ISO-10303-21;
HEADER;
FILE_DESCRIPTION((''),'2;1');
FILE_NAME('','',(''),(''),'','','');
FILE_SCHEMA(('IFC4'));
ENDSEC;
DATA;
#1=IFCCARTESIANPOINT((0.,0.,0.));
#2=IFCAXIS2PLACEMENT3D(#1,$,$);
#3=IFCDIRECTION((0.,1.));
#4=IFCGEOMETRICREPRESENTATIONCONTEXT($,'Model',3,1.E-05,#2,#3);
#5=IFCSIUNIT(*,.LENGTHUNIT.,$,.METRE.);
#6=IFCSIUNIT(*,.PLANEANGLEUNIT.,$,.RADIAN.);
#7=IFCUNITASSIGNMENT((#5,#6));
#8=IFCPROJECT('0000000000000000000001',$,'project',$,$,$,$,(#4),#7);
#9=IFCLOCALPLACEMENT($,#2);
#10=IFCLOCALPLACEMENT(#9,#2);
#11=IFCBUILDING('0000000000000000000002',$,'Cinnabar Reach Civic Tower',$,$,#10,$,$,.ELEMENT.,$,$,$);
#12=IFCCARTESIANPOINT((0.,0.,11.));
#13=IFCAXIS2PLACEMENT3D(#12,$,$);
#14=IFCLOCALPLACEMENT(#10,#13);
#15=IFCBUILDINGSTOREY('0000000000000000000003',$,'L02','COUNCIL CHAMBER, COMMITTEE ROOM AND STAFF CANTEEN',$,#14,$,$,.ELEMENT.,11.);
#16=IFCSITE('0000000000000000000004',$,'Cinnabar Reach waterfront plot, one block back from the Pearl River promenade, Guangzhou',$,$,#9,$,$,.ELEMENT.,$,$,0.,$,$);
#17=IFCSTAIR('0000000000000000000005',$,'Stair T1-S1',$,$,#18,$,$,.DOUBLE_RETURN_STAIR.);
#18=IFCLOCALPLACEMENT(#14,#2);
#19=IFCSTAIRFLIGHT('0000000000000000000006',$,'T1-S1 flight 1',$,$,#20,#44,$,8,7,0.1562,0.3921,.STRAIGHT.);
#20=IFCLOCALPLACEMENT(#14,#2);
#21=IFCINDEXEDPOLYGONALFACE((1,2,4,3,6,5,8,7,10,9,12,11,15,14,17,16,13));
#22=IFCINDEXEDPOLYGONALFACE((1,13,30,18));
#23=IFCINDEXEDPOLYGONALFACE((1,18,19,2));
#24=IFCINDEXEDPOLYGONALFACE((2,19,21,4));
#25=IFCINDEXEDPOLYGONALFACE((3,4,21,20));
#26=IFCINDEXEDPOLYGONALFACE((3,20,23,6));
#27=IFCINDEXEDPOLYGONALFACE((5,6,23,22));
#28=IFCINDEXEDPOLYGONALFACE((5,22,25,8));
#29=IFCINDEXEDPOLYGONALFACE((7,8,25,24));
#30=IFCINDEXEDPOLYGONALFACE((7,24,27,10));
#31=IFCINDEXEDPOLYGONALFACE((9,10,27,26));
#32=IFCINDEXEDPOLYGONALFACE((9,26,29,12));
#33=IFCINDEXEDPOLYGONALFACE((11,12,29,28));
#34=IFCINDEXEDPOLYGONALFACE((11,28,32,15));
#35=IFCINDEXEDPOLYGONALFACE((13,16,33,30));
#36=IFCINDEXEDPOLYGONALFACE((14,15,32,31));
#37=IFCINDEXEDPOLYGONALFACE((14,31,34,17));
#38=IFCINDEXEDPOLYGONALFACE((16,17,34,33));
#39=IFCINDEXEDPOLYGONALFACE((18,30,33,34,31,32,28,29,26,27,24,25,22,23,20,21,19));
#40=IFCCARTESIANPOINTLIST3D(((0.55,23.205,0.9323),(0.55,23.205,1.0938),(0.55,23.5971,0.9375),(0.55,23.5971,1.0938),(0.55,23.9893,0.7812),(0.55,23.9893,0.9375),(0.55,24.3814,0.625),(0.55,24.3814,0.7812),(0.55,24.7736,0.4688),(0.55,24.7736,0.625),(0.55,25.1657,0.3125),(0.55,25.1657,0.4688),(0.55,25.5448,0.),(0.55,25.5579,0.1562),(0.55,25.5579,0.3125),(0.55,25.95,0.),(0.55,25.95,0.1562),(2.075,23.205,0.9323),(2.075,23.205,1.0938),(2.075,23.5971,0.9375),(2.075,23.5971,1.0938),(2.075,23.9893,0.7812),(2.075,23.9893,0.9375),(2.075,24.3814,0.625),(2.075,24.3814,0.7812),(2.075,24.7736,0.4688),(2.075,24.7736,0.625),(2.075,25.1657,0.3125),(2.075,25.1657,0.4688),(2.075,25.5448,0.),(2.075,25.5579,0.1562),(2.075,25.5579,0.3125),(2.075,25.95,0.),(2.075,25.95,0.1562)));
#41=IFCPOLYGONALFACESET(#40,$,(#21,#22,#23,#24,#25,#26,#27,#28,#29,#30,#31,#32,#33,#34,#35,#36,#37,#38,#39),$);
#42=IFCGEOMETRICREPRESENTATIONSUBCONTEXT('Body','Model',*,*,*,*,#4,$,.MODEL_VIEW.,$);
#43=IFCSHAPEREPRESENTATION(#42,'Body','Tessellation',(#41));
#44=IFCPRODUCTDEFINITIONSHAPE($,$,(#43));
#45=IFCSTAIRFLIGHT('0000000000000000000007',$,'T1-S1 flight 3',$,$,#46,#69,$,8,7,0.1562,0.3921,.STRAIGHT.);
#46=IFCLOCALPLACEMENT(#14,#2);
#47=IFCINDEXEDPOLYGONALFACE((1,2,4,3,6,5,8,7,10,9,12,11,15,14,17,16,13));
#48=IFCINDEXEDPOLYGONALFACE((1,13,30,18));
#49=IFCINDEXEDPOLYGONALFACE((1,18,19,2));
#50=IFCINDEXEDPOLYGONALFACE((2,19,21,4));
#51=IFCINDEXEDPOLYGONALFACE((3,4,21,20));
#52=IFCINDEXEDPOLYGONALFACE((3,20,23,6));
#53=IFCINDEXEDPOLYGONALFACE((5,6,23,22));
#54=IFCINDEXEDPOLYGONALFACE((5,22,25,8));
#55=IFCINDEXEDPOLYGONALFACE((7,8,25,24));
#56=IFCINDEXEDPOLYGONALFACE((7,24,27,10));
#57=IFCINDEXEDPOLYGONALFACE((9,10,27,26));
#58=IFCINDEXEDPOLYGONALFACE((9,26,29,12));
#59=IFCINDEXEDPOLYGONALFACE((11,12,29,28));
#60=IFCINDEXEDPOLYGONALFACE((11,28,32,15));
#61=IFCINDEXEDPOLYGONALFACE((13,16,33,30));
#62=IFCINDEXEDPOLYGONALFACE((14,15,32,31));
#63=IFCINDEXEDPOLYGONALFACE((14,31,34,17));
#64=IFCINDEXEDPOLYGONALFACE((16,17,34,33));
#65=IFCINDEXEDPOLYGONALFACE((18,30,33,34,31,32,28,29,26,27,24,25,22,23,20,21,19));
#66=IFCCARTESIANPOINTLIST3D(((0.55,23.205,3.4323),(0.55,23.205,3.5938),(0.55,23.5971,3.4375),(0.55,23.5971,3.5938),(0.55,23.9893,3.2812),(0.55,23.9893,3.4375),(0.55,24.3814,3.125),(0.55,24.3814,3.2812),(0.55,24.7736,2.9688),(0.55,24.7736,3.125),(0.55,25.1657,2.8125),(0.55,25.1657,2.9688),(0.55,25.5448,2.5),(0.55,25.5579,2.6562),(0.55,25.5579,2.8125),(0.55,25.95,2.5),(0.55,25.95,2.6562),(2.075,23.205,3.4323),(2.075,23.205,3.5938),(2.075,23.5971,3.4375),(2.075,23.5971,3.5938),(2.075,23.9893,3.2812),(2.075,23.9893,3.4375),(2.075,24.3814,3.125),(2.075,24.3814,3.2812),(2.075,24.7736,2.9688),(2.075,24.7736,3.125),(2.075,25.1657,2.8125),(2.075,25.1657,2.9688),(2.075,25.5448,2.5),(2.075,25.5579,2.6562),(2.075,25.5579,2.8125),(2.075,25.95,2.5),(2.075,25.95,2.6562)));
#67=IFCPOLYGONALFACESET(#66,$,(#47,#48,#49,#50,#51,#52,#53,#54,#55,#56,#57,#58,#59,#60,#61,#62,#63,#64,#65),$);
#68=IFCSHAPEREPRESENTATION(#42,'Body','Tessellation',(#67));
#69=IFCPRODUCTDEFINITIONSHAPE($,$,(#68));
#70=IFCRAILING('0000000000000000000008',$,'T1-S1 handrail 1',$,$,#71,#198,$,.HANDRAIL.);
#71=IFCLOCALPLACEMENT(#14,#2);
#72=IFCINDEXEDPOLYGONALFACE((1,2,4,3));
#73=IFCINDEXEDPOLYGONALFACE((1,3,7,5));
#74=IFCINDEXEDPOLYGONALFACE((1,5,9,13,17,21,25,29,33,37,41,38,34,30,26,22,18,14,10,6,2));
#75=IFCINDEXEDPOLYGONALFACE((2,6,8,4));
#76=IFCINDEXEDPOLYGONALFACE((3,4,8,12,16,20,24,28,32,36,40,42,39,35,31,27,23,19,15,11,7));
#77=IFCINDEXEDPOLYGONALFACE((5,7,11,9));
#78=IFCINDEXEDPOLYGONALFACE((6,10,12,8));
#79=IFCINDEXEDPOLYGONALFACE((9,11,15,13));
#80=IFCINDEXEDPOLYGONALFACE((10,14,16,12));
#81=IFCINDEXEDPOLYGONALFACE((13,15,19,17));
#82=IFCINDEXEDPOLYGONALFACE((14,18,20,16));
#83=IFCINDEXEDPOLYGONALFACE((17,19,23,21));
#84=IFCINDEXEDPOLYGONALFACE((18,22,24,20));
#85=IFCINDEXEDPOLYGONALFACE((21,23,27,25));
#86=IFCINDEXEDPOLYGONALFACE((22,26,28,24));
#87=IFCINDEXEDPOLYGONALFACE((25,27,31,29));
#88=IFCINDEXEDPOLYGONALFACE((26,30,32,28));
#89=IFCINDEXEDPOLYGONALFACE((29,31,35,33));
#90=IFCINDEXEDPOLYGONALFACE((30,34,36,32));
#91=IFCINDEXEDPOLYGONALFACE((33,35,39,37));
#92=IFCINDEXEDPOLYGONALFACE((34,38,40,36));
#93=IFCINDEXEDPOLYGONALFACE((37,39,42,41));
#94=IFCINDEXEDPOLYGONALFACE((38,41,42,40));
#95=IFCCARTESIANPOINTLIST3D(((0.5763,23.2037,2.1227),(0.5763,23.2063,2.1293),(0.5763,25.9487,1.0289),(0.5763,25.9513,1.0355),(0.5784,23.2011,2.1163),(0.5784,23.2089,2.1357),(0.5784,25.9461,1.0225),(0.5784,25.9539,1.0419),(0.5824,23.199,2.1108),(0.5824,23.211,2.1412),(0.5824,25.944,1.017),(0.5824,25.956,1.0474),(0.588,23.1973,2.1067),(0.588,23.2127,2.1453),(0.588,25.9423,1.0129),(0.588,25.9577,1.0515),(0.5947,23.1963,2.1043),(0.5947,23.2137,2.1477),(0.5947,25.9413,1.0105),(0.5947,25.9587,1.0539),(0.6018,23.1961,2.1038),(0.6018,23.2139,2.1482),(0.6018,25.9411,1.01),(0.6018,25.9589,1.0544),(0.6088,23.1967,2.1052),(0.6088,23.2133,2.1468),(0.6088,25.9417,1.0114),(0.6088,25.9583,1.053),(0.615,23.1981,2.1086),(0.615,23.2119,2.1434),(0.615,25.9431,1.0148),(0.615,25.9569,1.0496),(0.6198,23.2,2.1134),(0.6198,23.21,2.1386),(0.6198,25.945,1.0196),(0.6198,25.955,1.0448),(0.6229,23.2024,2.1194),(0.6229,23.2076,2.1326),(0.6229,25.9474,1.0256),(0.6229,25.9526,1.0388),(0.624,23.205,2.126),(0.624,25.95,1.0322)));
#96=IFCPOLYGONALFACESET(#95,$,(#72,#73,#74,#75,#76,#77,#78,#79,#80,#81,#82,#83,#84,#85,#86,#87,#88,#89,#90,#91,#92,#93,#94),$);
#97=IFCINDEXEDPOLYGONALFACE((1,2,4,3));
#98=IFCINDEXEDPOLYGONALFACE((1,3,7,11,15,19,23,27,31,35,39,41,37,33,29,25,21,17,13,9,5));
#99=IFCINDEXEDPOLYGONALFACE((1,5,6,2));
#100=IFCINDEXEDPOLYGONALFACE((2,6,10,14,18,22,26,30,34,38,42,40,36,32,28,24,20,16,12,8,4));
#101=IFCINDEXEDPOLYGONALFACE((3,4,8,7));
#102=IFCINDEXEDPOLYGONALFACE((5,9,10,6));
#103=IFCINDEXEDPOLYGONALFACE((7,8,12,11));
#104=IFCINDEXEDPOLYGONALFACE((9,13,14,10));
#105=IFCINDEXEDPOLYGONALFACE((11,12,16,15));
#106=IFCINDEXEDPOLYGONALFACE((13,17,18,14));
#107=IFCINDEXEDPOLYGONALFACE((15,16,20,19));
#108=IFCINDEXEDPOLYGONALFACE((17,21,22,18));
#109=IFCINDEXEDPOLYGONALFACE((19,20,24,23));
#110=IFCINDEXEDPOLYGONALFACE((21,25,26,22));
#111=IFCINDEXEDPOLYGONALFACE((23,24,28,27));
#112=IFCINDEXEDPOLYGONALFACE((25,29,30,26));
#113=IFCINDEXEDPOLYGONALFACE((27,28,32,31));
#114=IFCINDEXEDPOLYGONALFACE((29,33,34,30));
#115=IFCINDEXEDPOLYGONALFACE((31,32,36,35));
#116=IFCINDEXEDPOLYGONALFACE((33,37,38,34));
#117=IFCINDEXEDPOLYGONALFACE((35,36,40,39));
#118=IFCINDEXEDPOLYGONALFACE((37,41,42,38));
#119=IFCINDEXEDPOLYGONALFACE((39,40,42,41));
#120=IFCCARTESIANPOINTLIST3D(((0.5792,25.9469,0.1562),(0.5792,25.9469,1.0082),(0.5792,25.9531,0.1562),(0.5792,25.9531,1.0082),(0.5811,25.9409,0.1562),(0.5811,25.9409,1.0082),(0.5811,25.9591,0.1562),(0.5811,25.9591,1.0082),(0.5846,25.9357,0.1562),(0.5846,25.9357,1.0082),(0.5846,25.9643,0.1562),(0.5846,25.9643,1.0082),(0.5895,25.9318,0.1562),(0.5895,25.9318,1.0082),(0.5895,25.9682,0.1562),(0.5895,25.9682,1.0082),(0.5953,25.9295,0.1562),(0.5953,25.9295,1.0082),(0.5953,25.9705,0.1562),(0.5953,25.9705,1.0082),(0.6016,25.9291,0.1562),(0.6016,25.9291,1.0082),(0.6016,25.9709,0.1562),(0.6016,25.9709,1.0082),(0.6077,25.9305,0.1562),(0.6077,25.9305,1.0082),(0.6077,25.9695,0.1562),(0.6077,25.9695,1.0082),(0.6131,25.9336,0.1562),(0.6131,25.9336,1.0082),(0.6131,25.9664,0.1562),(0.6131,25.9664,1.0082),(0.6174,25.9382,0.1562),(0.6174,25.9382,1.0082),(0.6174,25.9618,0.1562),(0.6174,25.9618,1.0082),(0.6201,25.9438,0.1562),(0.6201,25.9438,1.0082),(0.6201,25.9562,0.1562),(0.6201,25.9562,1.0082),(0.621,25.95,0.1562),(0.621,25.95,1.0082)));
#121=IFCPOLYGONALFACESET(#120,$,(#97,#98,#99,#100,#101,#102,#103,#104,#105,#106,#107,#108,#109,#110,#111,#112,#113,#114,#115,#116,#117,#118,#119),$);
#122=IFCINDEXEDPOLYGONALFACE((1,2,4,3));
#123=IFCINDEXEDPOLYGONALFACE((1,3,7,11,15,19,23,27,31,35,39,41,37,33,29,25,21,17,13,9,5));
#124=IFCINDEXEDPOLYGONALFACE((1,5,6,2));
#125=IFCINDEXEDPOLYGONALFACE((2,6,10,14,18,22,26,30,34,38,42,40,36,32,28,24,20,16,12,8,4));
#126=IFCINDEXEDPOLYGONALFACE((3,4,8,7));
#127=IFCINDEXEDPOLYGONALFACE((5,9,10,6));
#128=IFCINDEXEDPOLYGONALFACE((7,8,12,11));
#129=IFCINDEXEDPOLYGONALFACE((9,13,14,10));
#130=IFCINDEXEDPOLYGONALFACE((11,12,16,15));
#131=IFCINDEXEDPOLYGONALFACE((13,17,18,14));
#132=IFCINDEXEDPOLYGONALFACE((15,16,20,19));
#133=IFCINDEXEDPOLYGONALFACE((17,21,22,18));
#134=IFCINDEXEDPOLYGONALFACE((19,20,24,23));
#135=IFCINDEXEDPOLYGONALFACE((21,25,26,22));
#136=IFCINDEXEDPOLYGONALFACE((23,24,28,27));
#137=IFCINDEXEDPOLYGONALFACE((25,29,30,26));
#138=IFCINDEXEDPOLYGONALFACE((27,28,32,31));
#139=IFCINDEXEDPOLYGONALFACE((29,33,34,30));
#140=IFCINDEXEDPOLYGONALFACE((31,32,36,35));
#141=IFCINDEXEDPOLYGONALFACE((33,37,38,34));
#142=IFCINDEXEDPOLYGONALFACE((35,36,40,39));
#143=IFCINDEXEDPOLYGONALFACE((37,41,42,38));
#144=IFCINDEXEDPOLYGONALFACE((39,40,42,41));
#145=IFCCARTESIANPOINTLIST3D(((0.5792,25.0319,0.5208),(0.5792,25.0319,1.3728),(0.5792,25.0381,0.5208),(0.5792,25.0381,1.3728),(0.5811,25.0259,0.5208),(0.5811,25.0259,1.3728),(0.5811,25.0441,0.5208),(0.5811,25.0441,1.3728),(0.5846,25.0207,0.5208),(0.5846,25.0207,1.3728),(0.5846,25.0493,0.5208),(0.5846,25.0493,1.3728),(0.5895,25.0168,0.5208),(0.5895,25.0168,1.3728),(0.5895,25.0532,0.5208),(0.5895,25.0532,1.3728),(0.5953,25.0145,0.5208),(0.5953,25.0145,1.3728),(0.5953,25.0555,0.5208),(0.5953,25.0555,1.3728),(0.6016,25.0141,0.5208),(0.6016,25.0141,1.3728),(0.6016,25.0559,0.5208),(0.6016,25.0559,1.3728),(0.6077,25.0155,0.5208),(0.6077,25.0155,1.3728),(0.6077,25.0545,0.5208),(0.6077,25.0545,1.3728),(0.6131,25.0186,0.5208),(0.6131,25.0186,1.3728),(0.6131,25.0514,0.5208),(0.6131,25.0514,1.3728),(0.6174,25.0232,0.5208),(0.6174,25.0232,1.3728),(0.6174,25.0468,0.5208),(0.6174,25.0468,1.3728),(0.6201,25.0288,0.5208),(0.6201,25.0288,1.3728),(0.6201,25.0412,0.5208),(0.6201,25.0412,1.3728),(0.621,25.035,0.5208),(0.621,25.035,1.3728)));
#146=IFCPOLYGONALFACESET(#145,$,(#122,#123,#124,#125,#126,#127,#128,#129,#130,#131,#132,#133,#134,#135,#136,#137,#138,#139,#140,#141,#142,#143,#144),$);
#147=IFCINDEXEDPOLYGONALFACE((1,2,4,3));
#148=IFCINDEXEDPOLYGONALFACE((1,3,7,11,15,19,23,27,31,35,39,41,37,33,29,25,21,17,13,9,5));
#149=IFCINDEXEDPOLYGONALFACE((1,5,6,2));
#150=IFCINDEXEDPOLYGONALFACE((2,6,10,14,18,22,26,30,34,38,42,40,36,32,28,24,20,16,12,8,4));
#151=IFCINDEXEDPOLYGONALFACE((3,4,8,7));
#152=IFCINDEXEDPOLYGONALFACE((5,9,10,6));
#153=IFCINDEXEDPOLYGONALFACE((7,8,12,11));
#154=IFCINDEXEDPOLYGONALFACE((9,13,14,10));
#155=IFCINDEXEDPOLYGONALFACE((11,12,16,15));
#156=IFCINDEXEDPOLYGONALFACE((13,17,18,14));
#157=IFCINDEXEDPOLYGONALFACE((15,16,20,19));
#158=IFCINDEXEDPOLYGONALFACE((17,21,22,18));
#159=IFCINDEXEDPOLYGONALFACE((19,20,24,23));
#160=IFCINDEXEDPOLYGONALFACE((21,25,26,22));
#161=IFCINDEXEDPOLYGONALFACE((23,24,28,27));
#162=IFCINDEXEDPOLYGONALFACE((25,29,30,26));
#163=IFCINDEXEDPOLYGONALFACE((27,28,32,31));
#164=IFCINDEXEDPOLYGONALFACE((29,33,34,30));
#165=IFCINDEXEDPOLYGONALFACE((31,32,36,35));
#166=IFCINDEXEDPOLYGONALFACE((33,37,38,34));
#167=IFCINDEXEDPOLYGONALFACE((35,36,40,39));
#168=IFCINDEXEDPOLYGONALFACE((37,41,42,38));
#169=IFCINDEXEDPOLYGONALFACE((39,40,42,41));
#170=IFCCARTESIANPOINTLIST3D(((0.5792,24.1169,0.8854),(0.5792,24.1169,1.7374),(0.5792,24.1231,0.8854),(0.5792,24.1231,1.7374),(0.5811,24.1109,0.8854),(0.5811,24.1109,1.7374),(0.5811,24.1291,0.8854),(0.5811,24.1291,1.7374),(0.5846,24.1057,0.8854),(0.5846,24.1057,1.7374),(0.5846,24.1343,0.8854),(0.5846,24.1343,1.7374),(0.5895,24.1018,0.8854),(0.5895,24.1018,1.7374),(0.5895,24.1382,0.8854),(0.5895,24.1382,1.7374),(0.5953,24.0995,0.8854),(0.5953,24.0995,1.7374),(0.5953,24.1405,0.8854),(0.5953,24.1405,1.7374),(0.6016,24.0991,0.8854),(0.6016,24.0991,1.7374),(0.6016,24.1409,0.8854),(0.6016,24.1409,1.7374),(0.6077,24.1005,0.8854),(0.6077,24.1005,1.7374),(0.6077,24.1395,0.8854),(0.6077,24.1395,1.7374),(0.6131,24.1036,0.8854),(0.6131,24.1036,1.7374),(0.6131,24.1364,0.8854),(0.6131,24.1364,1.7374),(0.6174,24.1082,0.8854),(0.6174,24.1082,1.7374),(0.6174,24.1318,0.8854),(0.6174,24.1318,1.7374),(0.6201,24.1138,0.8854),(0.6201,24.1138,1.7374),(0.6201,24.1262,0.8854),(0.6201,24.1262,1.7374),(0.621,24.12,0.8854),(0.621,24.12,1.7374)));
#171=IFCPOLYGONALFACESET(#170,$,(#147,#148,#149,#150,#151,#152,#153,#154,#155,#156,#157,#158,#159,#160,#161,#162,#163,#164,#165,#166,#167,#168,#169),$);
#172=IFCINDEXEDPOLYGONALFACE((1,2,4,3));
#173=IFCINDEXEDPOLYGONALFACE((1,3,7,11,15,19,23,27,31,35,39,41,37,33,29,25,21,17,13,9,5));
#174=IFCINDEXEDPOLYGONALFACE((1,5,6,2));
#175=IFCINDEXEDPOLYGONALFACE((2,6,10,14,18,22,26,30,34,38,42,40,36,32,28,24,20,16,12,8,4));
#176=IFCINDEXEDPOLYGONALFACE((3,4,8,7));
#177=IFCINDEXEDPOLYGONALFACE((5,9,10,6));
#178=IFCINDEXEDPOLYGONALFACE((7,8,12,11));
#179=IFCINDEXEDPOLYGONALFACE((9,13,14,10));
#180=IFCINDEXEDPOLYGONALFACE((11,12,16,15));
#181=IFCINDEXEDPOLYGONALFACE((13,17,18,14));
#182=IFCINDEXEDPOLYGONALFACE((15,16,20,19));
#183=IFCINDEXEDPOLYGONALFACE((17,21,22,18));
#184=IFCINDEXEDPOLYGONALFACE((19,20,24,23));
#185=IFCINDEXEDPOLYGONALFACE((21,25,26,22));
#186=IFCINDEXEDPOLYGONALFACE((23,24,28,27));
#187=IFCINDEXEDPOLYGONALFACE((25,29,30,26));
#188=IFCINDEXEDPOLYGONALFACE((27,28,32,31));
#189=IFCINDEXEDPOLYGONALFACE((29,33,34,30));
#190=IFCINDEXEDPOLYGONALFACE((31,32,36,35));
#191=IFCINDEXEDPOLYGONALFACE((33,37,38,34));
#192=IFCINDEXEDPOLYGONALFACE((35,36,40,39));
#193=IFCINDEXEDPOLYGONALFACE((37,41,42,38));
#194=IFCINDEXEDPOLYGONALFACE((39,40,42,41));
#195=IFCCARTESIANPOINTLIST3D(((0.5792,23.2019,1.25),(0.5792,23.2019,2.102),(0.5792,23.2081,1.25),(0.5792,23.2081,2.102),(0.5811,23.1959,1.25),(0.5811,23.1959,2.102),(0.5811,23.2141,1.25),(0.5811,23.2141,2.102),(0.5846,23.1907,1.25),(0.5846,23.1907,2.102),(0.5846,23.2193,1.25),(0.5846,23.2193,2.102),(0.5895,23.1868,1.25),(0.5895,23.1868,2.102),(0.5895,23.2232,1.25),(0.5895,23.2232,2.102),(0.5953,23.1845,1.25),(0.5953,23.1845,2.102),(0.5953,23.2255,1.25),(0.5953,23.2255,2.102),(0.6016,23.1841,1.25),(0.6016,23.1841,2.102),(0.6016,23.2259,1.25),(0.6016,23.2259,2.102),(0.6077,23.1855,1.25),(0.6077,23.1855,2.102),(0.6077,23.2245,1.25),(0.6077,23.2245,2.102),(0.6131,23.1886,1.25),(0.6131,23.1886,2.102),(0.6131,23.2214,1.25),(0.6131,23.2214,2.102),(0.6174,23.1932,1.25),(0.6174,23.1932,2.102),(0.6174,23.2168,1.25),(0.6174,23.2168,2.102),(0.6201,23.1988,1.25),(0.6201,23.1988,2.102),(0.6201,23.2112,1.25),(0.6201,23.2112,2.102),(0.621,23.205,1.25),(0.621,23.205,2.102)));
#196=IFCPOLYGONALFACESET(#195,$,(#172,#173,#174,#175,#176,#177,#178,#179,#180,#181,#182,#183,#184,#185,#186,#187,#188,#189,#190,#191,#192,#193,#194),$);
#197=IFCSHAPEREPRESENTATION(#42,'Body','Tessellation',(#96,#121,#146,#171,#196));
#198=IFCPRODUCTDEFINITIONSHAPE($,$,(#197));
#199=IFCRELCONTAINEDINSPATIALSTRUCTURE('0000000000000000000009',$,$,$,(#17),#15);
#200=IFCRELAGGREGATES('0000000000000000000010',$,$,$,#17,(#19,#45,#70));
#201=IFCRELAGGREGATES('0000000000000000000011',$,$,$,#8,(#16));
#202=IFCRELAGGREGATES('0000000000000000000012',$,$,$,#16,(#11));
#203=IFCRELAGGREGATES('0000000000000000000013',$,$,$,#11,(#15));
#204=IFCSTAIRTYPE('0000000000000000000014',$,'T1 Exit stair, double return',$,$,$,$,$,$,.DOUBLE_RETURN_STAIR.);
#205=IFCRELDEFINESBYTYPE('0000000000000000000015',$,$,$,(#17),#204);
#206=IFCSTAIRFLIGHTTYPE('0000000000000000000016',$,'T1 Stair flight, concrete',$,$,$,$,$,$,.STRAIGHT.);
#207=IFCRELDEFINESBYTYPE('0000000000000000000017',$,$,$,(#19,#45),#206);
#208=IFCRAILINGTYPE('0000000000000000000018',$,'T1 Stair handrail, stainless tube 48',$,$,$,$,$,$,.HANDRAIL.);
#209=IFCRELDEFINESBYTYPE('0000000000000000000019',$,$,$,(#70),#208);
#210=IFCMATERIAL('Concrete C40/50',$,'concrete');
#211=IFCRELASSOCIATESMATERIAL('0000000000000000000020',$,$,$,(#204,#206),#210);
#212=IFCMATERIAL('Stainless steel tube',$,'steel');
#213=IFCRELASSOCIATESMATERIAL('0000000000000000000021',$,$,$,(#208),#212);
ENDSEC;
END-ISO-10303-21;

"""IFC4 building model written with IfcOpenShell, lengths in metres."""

from ifc_helpers import new_model, si_unit, direction, frame, origin, origin_2d, place, context, subcontext, project, spatial, polyline, circle, outline, extrude, material, type_object, element, aggregate, save


model = new_model("IFC4")

# Units and contexts
model_context = context("Model", 3, precision=1e-05, world=origin(), true_north=direction((0.0, 1.0)))
body_context = subcontext(model_context, "Body", "Model", "MODEL_VIEW")
ifc_project = project(units=[si_unit("LENGTHUNIT", "METRE"), si_unit("PLANEANGLEUNIT", "RADIAN")], contexts=[model_context])

# Site, building, storey
site_placement = place(None, origin())
site = spatial("IfcSite", under=ifc_project, at=site_placement, Name="Cinnabar Reach waterfront plot, one block back from the Pearl River promenade, Guangzhou", CompositionType="ELEMENT", RefElevation=0.0)
building_placement = place(site_placement, origin())
building = spatial("IfcBuilding", under=site, at=building_placement, Name="Cinnabar Reach Civic Tower", CompositionType="ELEMENT")
storey_placement = place(building_placement, frame((0.0, 0.0, 11.0)))
storey = spatial("IfcBuildingStorey", under=building, at=storey_placement, Name="L02", Description="COUNCIL CHAMBER, COMMITTEE ROOM AND STAFF CANTEEN", CompositionType="ELEMENT", Elevation=11.0)

# Stair, stair flights, railing
ifc_material_1 = material(Name="Concrete C40/50", Category="concrete")
stair_type = type_object("IfcStairType", Name="T1 Exit stair, double return", PredefinedType="DOUBLE_RETURN_STAIR", material=ifc_material_1)
stair_placement = place(storey_placement, origin())
stair = element("IfcStair", 1, at=stair_placement, inside=storey, type_object=stair_type, Name="Stair T1-S1", PredefinedType="DOUBLE_RETURN_STAIR")
stair_flight_type = type_object("IfcStairFlightType", Name="T1 Stair flight, concrete", PredefinedType="STRAIGHT", material=ifc_material_1)
stair_flight_1_placement = place(storey_placement, frame((1.3125, 25.95, 0.0), z_axis=(0.0, 0.0, 1.0), x_axis=(0.0, -1.0, 0.0)))
stair_flight_1 = element("IfcStairFlight", 2, at=stair_flight_1_placement, type_object=stair_flight_type, Name="T1-S1 flight 1", NumberOfRisers=8, NumberOfTreads=7, PredefinedType="STRAIGHT", RiserHeight=0.1562, TreadLength=0.3921, context=body_context, shape_type="SweptSolid", body=[
    extrude(outline(polyline([(0.0, 0.0), (0.0, 0.1562), (0.3921, 0.1562), (0.3921, 0.3125), (0.7843, 0.3125), (0.7843, 0.4688), (1.1764, 0.4688), (1.1764, 0.625), (1.5686, 0.625), (1.5686, 0.7812), (1.9607, 0.7812), (1.9607, 0.9375), (2.3529, 0.9375), (2.3529, 1.0938), (2.745, 1.0938), (2.745, 1.25), (2.745, 0.9323), (0.4052, 0.0), (0.0, 0.0)])), frame((0.0, 0.7625, 0.0), z_axis=(0.0, -1.0, 0.0), x_axis=(1.0, 0.0, 0.0)), (0.0, 0.0, 1.0), 1.525),
])
stair_flight_2_placement = place(storey_placement, frame((1.3125, 25.95, 2.5), z_axis=(0.0, 0.0, 1.0), x_axis=(0.0, -1.0, 0.0)))
stair_flight_2 = element("IfcStairFlight", 3, at=stair_flight_2_placement, type_object=stair_flight_type, Name="T1-S1 flight 3", NumberOfRisers=8, NumberOfTreads=7, PredefinedType="STRAIGHT", RiserHeight=0.1562, TreadLength=0.3921, context=body_context, shape_type="SweptSolid", body=[
    extrude(outline(polyline([(0.0, 0.0), (0.0, 0.1562), (0.3921, 0.1562), (0.3921, 0.3125), (0.7843, 0.3125), (0.7843, 0.4688), (1.1764, 0.4688), (1.1764, 0.625), (1.5686, 0.625), (1.5686, 0.7812), (1.9607, 0.7812), (1.9607, 0.9375), (2.3529, 0.9375), (2.3529, 1.0938), (2.745, 1.0938), (2.745, 1.25), (2.745, 0.9323), (0.4052, 0.0), (0.0, 0.0)])), frame((0.0, 0.7625, 0.0), z_axis=(0.0, -1.0, 0.0), x_axis=(1.0, 0.0, 0.0)), (0.0, 0.0, 1.0), 1.525),
])
ifc_material_2 = material(Name="Stainless steel tube", Category="steel")
railing_type_1 = type_object("IfcRailingType", Name="T1 Stair handrail, stainless tube 48", PredefinedType="HANDRAIL", material=ifc_material_2)
railing_1_placement = place(storey_placement, frame((0.6, 25.95, 0.1562)))
railing_1 = element("IfcRailing", 4, at=railing_1_placement, type_object=railing_type_1, Name="T1-S1 handrail 1", PredefinedType="HANDRAIL", context=body_context, shape_type="SweptSolid", body=[
    extrude(circle(Radius=0.024, at=origin_2d()), frame((0.0, 0.0, 0.876), z_axis=(0.0, -0.928966, 0.370165), x_axis=(1.0, 0.0, 0.0)), (0.0, 0.0, 1.0), 2.9549),
    extrude(circle(Radius=0.021, at=origin_2d()), origin(), (0.0, 0.0, 1.0), 0.852),
    extrude(circle(Radius=0.021, at=origin_2d()), frame((0.0, -0.915, 0.3646)), (0.0, 0.0, 1.0), 0.852),
    extrude(circle(Radius=0.021, at=origin_2d()), frame((0.0, -1.83, 0.7292)), (0.0, 0.0, 1.0), 0.852),
    extrude(circle(Radius=0.021, at=origin_2d()), frame((0.0, -2.745, 1.0938)), (0.0, 0.0, 1.0), 0.852),
])
aggregate(stair, [stair_flight_1, stair_flight_2, railing_1])

save(model, "model.ifc")
